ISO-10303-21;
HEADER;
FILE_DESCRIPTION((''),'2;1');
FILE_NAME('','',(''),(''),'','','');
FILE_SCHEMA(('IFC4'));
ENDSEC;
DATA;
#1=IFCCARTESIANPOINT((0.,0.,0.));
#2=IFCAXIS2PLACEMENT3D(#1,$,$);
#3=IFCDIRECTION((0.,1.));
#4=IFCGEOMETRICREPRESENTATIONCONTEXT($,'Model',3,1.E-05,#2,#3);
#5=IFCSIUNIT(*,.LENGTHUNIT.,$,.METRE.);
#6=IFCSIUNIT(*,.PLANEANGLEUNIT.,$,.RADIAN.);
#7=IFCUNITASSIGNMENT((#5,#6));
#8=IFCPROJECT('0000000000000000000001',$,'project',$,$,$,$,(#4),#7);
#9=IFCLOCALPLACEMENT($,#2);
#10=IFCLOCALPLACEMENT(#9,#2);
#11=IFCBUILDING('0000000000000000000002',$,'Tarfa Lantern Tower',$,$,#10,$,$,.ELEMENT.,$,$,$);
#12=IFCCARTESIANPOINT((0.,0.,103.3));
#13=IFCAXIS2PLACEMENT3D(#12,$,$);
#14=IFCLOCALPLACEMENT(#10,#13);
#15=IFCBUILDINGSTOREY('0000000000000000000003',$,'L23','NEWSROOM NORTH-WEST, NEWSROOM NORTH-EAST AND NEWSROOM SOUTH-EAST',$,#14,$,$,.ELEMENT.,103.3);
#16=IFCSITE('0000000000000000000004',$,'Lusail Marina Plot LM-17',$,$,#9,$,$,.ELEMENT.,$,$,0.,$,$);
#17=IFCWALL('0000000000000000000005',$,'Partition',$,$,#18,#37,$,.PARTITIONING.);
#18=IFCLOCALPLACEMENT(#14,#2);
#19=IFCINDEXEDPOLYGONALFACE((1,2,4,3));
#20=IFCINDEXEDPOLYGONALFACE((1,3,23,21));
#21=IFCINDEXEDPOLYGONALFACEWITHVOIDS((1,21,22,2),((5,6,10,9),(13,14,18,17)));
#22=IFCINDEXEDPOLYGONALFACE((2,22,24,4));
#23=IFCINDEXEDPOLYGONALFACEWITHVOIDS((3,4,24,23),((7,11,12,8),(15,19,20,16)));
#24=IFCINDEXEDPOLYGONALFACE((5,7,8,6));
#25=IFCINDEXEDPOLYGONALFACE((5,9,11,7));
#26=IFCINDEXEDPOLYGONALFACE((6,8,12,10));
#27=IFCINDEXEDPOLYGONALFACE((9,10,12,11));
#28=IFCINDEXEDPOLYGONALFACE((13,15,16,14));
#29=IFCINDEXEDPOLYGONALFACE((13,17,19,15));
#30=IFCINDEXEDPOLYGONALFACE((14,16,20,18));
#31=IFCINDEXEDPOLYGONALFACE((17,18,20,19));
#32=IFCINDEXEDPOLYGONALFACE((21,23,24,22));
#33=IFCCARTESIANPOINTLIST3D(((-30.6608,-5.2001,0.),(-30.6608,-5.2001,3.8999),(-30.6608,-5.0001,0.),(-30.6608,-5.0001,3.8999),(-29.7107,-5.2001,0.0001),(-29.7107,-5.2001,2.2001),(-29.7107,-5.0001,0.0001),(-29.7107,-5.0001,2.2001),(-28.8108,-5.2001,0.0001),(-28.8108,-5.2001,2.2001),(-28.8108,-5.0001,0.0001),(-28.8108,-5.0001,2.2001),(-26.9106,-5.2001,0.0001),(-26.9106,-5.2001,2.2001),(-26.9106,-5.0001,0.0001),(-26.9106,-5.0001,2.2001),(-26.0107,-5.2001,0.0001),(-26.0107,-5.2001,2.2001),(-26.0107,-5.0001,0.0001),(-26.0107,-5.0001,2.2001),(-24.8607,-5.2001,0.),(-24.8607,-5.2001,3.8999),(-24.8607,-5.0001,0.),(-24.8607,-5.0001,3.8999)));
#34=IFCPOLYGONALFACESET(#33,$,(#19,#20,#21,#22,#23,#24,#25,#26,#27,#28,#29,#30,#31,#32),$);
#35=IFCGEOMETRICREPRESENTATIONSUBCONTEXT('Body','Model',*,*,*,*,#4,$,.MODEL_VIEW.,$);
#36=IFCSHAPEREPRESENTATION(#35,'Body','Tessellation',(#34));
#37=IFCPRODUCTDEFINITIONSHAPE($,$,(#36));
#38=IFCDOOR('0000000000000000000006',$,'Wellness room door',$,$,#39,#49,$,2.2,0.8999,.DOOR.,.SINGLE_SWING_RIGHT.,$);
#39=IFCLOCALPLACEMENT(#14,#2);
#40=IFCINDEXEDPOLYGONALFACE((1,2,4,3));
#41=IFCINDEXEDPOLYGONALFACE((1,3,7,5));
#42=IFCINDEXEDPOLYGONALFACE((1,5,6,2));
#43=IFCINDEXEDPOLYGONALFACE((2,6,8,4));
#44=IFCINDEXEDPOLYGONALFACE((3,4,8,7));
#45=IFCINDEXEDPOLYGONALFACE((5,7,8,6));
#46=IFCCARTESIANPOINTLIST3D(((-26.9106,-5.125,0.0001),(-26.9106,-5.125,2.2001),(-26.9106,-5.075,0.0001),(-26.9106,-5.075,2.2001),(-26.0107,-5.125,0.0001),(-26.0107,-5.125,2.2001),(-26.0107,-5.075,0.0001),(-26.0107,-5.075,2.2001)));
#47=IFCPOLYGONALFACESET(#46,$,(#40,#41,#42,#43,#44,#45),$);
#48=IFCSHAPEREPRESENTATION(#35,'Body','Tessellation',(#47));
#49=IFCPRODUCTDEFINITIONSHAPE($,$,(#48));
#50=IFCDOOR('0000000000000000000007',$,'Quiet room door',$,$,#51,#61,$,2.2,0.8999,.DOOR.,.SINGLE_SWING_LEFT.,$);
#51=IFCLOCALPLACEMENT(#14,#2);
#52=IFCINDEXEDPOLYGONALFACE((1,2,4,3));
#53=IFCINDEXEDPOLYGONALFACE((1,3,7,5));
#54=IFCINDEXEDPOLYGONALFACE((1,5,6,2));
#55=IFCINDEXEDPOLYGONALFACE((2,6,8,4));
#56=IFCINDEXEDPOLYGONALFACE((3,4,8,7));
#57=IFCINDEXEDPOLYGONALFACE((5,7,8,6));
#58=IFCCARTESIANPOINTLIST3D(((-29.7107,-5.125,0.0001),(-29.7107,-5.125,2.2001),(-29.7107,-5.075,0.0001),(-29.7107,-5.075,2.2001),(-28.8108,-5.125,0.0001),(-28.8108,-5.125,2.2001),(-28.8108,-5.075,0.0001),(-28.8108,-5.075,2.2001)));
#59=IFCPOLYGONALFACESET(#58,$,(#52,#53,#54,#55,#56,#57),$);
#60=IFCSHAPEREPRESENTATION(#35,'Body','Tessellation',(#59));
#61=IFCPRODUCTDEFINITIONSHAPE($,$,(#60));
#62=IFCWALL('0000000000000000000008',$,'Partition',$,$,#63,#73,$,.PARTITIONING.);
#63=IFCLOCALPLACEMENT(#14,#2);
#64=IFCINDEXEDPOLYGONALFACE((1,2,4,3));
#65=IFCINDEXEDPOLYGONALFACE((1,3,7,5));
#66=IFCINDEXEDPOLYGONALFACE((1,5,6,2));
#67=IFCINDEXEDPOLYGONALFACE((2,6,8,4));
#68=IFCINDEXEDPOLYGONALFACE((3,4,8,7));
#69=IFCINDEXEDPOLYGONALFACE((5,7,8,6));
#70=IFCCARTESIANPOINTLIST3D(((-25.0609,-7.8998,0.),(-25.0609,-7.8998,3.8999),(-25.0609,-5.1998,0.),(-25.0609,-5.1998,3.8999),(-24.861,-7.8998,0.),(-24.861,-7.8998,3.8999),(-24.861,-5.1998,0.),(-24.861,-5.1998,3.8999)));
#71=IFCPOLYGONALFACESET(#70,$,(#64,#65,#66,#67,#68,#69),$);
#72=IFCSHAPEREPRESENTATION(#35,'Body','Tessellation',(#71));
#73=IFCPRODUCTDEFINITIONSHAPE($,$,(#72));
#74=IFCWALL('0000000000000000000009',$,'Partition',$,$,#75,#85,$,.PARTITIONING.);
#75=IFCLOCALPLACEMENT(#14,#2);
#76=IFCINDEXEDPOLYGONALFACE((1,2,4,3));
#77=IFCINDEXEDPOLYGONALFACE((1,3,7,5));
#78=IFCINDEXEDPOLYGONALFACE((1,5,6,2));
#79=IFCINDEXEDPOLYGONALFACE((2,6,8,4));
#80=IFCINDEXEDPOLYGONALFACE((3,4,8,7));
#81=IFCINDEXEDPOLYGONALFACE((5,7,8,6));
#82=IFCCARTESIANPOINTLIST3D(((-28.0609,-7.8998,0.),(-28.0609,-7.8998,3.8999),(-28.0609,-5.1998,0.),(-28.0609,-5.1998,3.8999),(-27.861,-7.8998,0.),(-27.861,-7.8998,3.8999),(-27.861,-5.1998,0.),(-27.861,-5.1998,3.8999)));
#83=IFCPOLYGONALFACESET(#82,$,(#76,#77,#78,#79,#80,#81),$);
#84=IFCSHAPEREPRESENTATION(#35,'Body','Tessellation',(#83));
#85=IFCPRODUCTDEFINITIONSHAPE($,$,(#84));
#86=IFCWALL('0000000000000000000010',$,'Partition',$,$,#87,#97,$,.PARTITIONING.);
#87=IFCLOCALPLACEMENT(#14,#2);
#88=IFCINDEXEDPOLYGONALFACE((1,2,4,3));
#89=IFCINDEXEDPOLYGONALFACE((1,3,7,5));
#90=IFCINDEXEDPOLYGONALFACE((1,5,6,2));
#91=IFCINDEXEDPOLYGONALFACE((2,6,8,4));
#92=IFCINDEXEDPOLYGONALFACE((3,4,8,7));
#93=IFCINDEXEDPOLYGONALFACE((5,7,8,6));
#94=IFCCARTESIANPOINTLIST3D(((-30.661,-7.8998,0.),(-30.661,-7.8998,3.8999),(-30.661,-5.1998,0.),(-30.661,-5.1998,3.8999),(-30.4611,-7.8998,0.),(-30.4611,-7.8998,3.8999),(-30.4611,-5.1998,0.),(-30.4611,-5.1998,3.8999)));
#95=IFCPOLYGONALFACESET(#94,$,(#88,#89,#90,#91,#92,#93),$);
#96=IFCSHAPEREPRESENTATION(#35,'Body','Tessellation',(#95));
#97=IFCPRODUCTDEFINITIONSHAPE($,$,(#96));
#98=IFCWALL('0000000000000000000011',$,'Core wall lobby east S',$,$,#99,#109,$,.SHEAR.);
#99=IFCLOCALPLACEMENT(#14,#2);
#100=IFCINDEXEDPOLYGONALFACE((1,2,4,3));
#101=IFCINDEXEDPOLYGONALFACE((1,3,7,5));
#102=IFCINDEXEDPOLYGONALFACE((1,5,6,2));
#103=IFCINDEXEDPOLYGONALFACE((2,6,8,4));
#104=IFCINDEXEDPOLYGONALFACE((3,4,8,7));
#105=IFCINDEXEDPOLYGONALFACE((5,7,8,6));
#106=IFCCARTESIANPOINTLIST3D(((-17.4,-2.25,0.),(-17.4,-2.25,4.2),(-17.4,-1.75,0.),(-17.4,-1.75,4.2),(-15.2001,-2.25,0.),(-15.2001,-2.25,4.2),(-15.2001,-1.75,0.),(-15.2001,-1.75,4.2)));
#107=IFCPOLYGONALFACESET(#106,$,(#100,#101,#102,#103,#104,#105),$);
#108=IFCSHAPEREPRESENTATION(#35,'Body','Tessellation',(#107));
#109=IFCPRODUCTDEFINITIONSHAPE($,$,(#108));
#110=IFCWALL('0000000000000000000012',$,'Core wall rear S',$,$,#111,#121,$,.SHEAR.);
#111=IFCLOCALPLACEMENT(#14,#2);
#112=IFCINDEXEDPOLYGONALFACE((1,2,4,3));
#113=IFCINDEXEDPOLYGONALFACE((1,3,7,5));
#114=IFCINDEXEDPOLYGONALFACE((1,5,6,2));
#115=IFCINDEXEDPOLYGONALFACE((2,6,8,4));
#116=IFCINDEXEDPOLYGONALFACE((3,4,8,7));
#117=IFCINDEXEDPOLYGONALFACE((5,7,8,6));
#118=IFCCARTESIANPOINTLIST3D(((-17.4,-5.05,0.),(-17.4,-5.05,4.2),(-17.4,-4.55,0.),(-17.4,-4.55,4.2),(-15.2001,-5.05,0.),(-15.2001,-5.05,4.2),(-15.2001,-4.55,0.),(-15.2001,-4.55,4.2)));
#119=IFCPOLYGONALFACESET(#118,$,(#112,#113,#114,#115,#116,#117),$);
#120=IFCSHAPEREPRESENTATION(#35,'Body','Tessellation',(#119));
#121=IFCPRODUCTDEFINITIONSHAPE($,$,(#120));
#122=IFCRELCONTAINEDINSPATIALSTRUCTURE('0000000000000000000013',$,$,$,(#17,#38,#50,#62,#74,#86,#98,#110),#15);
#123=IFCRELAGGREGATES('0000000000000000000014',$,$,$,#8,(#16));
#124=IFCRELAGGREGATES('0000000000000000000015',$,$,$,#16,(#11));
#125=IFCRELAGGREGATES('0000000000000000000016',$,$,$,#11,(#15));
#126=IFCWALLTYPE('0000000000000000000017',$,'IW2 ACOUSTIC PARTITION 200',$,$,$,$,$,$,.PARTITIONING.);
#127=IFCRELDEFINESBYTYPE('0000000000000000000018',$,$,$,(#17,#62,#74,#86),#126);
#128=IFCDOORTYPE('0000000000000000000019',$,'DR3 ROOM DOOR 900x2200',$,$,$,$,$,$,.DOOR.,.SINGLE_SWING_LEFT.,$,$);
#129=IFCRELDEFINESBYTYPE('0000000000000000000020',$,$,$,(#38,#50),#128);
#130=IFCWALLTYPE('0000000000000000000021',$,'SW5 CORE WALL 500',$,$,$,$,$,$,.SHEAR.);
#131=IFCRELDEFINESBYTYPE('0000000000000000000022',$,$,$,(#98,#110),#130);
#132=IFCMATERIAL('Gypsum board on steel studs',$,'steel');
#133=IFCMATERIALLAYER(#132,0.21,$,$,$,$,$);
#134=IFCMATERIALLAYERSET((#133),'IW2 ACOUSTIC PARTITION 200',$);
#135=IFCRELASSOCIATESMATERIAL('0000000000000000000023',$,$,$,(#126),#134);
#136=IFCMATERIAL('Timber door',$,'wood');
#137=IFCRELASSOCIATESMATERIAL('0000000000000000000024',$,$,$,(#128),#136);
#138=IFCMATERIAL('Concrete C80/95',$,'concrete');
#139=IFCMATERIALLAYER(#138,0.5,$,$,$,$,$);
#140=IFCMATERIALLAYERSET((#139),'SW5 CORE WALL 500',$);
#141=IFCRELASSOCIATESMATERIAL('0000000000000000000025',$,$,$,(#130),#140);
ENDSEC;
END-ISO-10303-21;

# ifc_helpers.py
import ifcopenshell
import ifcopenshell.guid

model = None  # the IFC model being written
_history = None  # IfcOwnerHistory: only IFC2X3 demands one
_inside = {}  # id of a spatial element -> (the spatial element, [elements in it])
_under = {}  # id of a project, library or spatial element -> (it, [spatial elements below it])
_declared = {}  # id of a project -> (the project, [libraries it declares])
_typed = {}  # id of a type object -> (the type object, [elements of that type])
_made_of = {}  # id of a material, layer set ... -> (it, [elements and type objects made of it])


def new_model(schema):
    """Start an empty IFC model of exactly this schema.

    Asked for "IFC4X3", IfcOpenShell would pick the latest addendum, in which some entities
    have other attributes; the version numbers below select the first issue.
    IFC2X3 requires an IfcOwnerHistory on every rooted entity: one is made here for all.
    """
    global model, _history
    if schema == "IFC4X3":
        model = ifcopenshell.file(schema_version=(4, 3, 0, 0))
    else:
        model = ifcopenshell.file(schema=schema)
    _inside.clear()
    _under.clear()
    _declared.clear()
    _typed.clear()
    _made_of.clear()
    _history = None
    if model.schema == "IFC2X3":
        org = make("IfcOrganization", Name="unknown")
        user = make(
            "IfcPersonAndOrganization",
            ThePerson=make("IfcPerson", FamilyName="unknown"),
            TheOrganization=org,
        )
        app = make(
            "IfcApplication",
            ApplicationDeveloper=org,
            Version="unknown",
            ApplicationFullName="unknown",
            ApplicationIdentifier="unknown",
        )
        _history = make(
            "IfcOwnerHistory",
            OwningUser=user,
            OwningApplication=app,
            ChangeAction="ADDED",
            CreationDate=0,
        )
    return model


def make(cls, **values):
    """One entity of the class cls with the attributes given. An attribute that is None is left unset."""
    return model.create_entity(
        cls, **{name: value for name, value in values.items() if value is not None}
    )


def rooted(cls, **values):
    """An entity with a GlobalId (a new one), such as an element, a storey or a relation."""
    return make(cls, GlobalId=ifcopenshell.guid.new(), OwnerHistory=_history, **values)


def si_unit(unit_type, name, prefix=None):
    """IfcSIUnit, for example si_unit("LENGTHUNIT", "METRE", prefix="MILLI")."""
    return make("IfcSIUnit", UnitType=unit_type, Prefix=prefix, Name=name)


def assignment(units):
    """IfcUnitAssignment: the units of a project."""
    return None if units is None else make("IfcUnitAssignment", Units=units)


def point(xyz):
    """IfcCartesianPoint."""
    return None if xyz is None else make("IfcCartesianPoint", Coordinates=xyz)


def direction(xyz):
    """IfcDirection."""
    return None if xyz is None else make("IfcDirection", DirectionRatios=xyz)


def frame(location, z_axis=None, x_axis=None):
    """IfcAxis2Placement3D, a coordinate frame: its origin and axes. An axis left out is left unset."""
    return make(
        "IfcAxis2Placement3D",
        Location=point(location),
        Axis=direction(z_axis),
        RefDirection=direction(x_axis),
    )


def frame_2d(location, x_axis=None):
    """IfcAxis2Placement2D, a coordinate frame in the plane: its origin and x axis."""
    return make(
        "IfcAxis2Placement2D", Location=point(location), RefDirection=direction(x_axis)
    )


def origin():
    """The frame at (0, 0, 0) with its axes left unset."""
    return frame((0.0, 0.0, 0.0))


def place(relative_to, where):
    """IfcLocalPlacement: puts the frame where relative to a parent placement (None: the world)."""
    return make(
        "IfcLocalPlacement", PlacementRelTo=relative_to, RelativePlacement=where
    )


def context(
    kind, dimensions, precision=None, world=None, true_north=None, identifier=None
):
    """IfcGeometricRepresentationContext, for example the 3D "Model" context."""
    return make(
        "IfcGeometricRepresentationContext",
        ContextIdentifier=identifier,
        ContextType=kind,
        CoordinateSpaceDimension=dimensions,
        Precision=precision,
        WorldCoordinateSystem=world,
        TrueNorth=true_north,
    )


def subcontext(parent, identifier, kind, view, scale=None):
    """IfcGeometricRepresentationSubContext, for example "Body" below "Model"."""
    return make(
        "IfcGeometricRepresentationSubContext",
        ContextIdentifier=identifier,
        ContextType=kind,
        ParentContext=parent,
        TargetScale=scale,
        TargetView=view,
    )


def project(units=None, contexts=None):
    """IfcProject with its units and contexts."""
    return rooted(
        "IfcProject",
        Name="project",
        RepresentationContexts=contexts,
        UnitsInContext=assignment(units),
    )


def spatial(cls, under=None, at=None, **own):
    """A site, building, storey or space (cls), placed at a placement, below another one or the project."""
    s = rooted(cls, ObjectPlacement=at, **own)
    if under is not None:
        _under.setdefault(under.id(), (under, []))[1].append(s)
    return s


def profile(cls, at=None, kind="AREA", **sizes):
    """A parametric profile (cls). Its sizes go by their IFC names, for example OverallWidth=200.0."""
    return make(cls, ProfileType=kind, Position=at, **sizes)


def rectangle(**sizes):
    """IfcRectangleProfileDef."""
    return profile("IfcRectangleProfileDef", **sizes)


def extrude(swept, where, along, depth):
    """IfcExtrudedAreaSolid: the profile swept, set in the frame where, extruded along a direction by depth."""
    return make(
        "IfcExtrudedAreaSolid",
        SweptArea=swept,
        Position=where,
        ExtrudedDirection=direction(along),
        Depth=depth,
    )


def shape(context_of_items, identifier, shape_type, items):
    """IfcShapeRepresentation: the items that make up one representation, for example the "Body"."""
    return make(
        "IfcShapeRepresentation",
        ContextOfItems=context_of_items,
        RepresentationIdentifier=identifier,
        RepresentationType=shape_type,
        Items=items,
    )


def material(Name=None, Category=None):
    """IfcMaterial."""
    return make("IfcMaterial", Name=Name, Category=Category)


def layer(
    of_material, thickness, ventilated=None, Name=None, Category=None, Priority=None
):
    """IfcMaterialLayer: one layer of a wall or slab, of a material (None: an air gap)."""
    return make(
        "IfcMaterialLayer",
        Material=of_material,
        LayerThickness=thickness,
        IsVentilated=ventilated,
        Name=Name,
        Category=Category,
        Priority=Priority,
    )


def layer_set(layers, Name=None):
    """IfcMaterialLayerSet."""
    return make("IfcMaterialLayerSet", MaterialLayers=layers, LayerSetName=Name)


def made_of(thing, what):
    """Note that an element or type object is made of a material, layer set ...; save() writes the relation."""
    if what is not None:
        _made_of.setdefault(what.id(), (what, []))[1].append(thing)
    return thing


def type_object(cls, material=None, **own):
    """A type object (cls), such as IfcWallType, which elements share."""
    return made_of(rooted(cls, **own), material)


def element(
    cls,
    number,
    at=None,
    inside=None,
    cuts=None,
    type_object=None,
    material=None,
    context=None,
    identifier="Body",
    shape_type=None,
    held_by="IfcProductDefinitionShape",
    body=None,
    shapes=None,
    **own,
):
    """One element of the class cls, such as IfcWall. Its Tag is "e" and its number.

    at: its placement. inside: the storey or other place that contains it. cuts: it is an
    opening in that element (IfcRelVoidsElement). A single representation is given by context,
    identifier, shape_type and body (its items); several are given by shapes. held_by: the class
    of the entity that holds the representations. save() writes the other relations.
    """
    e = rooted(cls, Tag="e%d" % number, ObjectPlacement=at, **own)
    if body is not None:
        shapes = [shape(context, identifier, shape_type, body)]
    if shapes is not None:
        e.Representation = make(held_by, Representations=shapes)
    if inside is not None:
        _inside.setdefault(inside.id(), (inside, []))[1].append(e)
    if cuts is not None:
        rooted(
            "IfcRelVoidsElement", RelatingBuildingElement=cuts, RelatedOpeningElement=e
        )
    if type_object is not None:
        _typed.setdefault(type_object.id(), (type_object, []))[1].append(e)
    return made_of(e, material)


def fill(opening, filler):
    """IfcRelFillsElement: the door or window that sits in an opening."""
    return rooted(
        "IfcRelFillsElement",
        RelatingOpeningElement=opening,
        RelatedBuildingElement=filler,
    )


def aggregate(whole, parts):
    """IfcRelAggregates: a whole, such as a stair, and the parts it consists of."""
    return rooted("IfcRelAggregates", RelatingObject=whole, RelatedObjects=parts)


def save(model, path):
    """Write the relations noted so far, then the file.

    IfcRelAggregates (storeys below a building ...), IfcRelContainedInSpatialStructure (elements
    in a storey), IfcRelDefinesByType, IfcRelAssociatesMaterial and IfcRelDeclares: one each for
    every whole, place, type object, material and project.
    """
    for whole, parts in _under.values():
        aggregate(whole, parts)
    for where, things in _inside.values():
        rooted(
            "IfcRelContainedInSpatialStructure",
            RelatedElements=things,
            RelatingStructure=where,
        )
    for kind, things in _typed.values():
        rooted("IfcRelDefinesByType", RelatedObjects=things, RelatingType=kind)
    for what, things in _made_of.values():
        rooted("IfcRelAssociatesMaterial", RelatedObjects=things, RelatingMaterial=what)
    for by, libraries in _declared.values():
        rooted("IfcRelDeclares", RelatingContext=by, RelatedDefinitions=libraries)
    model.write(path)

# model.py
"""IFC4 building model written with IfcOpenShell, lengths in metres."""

from ifc_helpers import new_model, si_unit, direction, frame, frame_2d, origin, place, context, subcontext, project, spatial, rectangle, extrude, material, layer, layer_set, type_object, element, fill, save


model = new_model("IFC4")

# Units and contexts
model_context = context("Model", 3, precision=1e-05, world=origin(), true_north=direction((0.0, 1.0)))
body_context = subcontext(model_context, "Body", "Model", "MODEL_VIEW")
ifc_project = project(units=[si_unit("LENGTHUNIT", "METRE"), si_unit("PLANEANGLEUNIT", "RADIAN")], contexts=[model_context])

# Site, building, storey
site_placement = place(None, origin())
site = spatial("IfcSite", under=ifc_project, at=site_placement, Name="Lusail Marina Plot LM-17", CompositionType="ELEMENT", RefElevation=0.0)
building_placement = place(site_placement, origin())
building = spatial("IfcBuilding", under=site, at=building_placement, Name="Tarfa Lantern Tower", CompositionType="ELEMENT")
storey_placement = place(building_placement, frame((0.0, 0.0, 103.3)))
storey = spatial("IfcBuildingStorey", under=building, at=storey_placement, Name="L23", Description="NEWSROOM NORTH-WEST, NEWSROOM NORTH-EAST AND NEWSROOM SOUTH-EAST", CompositionType="ELEMENT", Elevation=103.3)

# Shared definitions
ifc_material_1 = material(Name="Gypsum board on steel studs", Category="steel")
ifc_layer_1 = layer(ifc_material_1, 0.21)
ifc_layer_set_1 = layer_set([ifc_layer_1], Name="IW2 ACOUSTIC PARTITION 200")
wall_type_1 = type_object("IfcWallType", Name="IW2 ACOUSTIC PARTITION 200", PredefinedType="PARTITIONING", material=ifc_layer_set_1)

# Shared definitions
ifc_material_2 = material(Name="Timber door", Category="wood")

# Wall, openings, doors
wall_1_placement = place(storey_placement, frame((-24.8608, -5.1001, 0.0), z_axis=(0.0, 0.0, 1.0), x_axis=(-1.0, 0.0, 0.0)))
wall_1 = element("IfcWall", 1, at=wall_1_placement, inside=storey, type_object=wall_type_1, Name="Partition", PredefinedType="PARTITIONING", context=body_context, shape_type="SweptSolid", body=[
    extrude(rectangle(XDim=5.8, YDim=0.2, at=frame_2d((2.8999, 0.0))), origin(), (0.0, 0.0, 1.0), 3.8999),
])
opening_1_placement = place(wall_1_placement, frame((1.1499, 0.0, 0.0)))
opening_1 = element("IfcOpeningElement", 2, at=opening_1_placement, cuts=wall_1, PredefinedType="OPENING", context=body_context, shape_type="SweptSolid", body=[
    extrude(rectangle(XDim=0.8999, YDim=2.2, at=frame_2d((0.45, 1.1001))), frame((0.0, 0.1099, 0.0), z_axis=(0.0, -1.0, 0.0), x_axis=(1.0, 0.0, 0.0)), (0.0, 0.0, 1.0), 0.22),
])
opening_2_placement = place(wall_1_placement, frame((3.95, 0.0, 0.0)))
opening_2 = element("IfcOpeningElement", 3, at=opening_2_placement, cuts=wall_1, PredefinedType="OPENING", context=body_context, shape_type="SweptSolid", body=[
    extrude(rectangle(XDim=0.8999, YDim=2.2, at=frame_2d((0.45, 1.1001))), frame((0.0, 0.1099, 0.0), z_axis=(0.0, -1.0, 0.0), x_axis=(1.0, 0.0, 0.0)), (0.0, 0.0, 1.0), 0.22),
])
door_type_1 = type_object("IfcDoorType", Name="DR3 ROOM DOOR 900x2200", OperationType="SINGLE_SWING_LEFT", PredefinedType="DOOR", material=ifc_material_2)
door_1_placement = place(opening_1_placement, origin())
door_1 = element("IfcDoor", 4, at=door_1_placement, inside=storey, type_object=door_type_1, Name="Wellness room door", OperationType="SINGLE_SWING_RIGHT", OverallHeight=2.2, OverallWidth=0.8999, PredefinedType="DOOR", context=body_context, shape_type="SweptSolid", body=[
    extrude(rectangle(XDim=0.8999, YDim=2.2, at=frame_2d((0.45, 1.1001))), frame((0.0, 0.0249, 0.0), z_axis=(0.0, -1.0, 0.0), x_axis=(1.0, 0.0, 0.0)), (0.0, 0.0, 1.0), 0.05),
])
fill(opening_1, door_1)
door_2_placement = place(opening_2_placement, origin())
door_2 = element("IfcDoor", 5, at=door_2_placement, inside=storey, type_object=door_type_1, Name="Quiet room door", OperationType="SINGLE_SWING_LEFT", OverallHeight=2.2, OverallWidth=0.8999, PredefinedType="DOOR", context=body_context, shape_type="SweptSolid", body=[
    extrude(rectangle(XDim=0.8999, YDim=2.2, at=frame_2d((0.45, 1.1001))), frame((0.0, 0.0249, 0.0), z_axis=(0.0, -1.0, 0.0), x_axis=(1.0, 0.0, 0.0)), (0.0, 0.0, 1.0), 0.05),
])
fill(opening_2, door_2)

# Walls
for number, where, z_axis, x_axis, name in (
    (6, (-24.9609, -7.8999, 0.0), (0.0, 0.0, 1.0), (0.0, 1.0, 0.0), "Partition"),
    (7, (-27.9609, -7.8999, 0.0), (0.0, 0.0, 1.0), (0.0, 1.0, 0.0), "Partition"),
    (8, (-30.561, -7.8999, 0.0), (0.0, 0.0, 1.0), (0.0, 1.0, 0.0), "Partition"),
):
    element("IfcWall", number, at=place(storey_placement, frame(where, z_axis=z_axis, x_axis=x_axis)), inside=storey, type_object=wall_type_1, Name=name, PredefinedType="PARTITIONING", context=body_context, shape_type="SweptSolid", body=[
        extrude(rectangle(XDim=2.7, YDim=0.2, at=frame_2d((1.3501, 0.0))), origin(), (0.0, 0.0, 1.0), 3.8999),
    ])
ifc_material_3 = material(Name="Concrete C80/95", Category="concrete")
ifc_layer_2 = layer(ifc_material_3, 0.5)
ifc_layer_set_2 = layer_set([ifc_layer_2], Name="SW5 CORE WALL 500")
wall_type_2 = type_object("IfcWallType", Name="SW5 CORE WALL 500", PredefinedType="SHEAR", material=ifc_layer_set_2)
for number, where, z_axis, x_axis, name in (
    (9, (-15.2, -2.0, 0.0), (0.0, 0.0, 1.0), (-1.0, 0.0, 0.0), "Core wall lobby east S"),
    (10, (-15.2, -4.8, 0.0), (0.0, 0.0, 1.0), (-1.0, 0.0, 0.0), "Core wall rear S"),
):
    element("IfcWall", number, at=place(storey_placement, frame(where, z_axis=z_axis, x_axis=x_axis)), inside=storey, type_object=wall_type_2, Name=name, PredefinedType="SHEAR", context=body_context, shape_type="SweptSolid", body=[
        extrude(rectangle(XDim=2.2, YDim=0.5, at=frame_2d((1.1001, 0.0))), origin(), (0.0, 0.0, 1.0), 4.2),
    ])

save(model, "model.ifc")
